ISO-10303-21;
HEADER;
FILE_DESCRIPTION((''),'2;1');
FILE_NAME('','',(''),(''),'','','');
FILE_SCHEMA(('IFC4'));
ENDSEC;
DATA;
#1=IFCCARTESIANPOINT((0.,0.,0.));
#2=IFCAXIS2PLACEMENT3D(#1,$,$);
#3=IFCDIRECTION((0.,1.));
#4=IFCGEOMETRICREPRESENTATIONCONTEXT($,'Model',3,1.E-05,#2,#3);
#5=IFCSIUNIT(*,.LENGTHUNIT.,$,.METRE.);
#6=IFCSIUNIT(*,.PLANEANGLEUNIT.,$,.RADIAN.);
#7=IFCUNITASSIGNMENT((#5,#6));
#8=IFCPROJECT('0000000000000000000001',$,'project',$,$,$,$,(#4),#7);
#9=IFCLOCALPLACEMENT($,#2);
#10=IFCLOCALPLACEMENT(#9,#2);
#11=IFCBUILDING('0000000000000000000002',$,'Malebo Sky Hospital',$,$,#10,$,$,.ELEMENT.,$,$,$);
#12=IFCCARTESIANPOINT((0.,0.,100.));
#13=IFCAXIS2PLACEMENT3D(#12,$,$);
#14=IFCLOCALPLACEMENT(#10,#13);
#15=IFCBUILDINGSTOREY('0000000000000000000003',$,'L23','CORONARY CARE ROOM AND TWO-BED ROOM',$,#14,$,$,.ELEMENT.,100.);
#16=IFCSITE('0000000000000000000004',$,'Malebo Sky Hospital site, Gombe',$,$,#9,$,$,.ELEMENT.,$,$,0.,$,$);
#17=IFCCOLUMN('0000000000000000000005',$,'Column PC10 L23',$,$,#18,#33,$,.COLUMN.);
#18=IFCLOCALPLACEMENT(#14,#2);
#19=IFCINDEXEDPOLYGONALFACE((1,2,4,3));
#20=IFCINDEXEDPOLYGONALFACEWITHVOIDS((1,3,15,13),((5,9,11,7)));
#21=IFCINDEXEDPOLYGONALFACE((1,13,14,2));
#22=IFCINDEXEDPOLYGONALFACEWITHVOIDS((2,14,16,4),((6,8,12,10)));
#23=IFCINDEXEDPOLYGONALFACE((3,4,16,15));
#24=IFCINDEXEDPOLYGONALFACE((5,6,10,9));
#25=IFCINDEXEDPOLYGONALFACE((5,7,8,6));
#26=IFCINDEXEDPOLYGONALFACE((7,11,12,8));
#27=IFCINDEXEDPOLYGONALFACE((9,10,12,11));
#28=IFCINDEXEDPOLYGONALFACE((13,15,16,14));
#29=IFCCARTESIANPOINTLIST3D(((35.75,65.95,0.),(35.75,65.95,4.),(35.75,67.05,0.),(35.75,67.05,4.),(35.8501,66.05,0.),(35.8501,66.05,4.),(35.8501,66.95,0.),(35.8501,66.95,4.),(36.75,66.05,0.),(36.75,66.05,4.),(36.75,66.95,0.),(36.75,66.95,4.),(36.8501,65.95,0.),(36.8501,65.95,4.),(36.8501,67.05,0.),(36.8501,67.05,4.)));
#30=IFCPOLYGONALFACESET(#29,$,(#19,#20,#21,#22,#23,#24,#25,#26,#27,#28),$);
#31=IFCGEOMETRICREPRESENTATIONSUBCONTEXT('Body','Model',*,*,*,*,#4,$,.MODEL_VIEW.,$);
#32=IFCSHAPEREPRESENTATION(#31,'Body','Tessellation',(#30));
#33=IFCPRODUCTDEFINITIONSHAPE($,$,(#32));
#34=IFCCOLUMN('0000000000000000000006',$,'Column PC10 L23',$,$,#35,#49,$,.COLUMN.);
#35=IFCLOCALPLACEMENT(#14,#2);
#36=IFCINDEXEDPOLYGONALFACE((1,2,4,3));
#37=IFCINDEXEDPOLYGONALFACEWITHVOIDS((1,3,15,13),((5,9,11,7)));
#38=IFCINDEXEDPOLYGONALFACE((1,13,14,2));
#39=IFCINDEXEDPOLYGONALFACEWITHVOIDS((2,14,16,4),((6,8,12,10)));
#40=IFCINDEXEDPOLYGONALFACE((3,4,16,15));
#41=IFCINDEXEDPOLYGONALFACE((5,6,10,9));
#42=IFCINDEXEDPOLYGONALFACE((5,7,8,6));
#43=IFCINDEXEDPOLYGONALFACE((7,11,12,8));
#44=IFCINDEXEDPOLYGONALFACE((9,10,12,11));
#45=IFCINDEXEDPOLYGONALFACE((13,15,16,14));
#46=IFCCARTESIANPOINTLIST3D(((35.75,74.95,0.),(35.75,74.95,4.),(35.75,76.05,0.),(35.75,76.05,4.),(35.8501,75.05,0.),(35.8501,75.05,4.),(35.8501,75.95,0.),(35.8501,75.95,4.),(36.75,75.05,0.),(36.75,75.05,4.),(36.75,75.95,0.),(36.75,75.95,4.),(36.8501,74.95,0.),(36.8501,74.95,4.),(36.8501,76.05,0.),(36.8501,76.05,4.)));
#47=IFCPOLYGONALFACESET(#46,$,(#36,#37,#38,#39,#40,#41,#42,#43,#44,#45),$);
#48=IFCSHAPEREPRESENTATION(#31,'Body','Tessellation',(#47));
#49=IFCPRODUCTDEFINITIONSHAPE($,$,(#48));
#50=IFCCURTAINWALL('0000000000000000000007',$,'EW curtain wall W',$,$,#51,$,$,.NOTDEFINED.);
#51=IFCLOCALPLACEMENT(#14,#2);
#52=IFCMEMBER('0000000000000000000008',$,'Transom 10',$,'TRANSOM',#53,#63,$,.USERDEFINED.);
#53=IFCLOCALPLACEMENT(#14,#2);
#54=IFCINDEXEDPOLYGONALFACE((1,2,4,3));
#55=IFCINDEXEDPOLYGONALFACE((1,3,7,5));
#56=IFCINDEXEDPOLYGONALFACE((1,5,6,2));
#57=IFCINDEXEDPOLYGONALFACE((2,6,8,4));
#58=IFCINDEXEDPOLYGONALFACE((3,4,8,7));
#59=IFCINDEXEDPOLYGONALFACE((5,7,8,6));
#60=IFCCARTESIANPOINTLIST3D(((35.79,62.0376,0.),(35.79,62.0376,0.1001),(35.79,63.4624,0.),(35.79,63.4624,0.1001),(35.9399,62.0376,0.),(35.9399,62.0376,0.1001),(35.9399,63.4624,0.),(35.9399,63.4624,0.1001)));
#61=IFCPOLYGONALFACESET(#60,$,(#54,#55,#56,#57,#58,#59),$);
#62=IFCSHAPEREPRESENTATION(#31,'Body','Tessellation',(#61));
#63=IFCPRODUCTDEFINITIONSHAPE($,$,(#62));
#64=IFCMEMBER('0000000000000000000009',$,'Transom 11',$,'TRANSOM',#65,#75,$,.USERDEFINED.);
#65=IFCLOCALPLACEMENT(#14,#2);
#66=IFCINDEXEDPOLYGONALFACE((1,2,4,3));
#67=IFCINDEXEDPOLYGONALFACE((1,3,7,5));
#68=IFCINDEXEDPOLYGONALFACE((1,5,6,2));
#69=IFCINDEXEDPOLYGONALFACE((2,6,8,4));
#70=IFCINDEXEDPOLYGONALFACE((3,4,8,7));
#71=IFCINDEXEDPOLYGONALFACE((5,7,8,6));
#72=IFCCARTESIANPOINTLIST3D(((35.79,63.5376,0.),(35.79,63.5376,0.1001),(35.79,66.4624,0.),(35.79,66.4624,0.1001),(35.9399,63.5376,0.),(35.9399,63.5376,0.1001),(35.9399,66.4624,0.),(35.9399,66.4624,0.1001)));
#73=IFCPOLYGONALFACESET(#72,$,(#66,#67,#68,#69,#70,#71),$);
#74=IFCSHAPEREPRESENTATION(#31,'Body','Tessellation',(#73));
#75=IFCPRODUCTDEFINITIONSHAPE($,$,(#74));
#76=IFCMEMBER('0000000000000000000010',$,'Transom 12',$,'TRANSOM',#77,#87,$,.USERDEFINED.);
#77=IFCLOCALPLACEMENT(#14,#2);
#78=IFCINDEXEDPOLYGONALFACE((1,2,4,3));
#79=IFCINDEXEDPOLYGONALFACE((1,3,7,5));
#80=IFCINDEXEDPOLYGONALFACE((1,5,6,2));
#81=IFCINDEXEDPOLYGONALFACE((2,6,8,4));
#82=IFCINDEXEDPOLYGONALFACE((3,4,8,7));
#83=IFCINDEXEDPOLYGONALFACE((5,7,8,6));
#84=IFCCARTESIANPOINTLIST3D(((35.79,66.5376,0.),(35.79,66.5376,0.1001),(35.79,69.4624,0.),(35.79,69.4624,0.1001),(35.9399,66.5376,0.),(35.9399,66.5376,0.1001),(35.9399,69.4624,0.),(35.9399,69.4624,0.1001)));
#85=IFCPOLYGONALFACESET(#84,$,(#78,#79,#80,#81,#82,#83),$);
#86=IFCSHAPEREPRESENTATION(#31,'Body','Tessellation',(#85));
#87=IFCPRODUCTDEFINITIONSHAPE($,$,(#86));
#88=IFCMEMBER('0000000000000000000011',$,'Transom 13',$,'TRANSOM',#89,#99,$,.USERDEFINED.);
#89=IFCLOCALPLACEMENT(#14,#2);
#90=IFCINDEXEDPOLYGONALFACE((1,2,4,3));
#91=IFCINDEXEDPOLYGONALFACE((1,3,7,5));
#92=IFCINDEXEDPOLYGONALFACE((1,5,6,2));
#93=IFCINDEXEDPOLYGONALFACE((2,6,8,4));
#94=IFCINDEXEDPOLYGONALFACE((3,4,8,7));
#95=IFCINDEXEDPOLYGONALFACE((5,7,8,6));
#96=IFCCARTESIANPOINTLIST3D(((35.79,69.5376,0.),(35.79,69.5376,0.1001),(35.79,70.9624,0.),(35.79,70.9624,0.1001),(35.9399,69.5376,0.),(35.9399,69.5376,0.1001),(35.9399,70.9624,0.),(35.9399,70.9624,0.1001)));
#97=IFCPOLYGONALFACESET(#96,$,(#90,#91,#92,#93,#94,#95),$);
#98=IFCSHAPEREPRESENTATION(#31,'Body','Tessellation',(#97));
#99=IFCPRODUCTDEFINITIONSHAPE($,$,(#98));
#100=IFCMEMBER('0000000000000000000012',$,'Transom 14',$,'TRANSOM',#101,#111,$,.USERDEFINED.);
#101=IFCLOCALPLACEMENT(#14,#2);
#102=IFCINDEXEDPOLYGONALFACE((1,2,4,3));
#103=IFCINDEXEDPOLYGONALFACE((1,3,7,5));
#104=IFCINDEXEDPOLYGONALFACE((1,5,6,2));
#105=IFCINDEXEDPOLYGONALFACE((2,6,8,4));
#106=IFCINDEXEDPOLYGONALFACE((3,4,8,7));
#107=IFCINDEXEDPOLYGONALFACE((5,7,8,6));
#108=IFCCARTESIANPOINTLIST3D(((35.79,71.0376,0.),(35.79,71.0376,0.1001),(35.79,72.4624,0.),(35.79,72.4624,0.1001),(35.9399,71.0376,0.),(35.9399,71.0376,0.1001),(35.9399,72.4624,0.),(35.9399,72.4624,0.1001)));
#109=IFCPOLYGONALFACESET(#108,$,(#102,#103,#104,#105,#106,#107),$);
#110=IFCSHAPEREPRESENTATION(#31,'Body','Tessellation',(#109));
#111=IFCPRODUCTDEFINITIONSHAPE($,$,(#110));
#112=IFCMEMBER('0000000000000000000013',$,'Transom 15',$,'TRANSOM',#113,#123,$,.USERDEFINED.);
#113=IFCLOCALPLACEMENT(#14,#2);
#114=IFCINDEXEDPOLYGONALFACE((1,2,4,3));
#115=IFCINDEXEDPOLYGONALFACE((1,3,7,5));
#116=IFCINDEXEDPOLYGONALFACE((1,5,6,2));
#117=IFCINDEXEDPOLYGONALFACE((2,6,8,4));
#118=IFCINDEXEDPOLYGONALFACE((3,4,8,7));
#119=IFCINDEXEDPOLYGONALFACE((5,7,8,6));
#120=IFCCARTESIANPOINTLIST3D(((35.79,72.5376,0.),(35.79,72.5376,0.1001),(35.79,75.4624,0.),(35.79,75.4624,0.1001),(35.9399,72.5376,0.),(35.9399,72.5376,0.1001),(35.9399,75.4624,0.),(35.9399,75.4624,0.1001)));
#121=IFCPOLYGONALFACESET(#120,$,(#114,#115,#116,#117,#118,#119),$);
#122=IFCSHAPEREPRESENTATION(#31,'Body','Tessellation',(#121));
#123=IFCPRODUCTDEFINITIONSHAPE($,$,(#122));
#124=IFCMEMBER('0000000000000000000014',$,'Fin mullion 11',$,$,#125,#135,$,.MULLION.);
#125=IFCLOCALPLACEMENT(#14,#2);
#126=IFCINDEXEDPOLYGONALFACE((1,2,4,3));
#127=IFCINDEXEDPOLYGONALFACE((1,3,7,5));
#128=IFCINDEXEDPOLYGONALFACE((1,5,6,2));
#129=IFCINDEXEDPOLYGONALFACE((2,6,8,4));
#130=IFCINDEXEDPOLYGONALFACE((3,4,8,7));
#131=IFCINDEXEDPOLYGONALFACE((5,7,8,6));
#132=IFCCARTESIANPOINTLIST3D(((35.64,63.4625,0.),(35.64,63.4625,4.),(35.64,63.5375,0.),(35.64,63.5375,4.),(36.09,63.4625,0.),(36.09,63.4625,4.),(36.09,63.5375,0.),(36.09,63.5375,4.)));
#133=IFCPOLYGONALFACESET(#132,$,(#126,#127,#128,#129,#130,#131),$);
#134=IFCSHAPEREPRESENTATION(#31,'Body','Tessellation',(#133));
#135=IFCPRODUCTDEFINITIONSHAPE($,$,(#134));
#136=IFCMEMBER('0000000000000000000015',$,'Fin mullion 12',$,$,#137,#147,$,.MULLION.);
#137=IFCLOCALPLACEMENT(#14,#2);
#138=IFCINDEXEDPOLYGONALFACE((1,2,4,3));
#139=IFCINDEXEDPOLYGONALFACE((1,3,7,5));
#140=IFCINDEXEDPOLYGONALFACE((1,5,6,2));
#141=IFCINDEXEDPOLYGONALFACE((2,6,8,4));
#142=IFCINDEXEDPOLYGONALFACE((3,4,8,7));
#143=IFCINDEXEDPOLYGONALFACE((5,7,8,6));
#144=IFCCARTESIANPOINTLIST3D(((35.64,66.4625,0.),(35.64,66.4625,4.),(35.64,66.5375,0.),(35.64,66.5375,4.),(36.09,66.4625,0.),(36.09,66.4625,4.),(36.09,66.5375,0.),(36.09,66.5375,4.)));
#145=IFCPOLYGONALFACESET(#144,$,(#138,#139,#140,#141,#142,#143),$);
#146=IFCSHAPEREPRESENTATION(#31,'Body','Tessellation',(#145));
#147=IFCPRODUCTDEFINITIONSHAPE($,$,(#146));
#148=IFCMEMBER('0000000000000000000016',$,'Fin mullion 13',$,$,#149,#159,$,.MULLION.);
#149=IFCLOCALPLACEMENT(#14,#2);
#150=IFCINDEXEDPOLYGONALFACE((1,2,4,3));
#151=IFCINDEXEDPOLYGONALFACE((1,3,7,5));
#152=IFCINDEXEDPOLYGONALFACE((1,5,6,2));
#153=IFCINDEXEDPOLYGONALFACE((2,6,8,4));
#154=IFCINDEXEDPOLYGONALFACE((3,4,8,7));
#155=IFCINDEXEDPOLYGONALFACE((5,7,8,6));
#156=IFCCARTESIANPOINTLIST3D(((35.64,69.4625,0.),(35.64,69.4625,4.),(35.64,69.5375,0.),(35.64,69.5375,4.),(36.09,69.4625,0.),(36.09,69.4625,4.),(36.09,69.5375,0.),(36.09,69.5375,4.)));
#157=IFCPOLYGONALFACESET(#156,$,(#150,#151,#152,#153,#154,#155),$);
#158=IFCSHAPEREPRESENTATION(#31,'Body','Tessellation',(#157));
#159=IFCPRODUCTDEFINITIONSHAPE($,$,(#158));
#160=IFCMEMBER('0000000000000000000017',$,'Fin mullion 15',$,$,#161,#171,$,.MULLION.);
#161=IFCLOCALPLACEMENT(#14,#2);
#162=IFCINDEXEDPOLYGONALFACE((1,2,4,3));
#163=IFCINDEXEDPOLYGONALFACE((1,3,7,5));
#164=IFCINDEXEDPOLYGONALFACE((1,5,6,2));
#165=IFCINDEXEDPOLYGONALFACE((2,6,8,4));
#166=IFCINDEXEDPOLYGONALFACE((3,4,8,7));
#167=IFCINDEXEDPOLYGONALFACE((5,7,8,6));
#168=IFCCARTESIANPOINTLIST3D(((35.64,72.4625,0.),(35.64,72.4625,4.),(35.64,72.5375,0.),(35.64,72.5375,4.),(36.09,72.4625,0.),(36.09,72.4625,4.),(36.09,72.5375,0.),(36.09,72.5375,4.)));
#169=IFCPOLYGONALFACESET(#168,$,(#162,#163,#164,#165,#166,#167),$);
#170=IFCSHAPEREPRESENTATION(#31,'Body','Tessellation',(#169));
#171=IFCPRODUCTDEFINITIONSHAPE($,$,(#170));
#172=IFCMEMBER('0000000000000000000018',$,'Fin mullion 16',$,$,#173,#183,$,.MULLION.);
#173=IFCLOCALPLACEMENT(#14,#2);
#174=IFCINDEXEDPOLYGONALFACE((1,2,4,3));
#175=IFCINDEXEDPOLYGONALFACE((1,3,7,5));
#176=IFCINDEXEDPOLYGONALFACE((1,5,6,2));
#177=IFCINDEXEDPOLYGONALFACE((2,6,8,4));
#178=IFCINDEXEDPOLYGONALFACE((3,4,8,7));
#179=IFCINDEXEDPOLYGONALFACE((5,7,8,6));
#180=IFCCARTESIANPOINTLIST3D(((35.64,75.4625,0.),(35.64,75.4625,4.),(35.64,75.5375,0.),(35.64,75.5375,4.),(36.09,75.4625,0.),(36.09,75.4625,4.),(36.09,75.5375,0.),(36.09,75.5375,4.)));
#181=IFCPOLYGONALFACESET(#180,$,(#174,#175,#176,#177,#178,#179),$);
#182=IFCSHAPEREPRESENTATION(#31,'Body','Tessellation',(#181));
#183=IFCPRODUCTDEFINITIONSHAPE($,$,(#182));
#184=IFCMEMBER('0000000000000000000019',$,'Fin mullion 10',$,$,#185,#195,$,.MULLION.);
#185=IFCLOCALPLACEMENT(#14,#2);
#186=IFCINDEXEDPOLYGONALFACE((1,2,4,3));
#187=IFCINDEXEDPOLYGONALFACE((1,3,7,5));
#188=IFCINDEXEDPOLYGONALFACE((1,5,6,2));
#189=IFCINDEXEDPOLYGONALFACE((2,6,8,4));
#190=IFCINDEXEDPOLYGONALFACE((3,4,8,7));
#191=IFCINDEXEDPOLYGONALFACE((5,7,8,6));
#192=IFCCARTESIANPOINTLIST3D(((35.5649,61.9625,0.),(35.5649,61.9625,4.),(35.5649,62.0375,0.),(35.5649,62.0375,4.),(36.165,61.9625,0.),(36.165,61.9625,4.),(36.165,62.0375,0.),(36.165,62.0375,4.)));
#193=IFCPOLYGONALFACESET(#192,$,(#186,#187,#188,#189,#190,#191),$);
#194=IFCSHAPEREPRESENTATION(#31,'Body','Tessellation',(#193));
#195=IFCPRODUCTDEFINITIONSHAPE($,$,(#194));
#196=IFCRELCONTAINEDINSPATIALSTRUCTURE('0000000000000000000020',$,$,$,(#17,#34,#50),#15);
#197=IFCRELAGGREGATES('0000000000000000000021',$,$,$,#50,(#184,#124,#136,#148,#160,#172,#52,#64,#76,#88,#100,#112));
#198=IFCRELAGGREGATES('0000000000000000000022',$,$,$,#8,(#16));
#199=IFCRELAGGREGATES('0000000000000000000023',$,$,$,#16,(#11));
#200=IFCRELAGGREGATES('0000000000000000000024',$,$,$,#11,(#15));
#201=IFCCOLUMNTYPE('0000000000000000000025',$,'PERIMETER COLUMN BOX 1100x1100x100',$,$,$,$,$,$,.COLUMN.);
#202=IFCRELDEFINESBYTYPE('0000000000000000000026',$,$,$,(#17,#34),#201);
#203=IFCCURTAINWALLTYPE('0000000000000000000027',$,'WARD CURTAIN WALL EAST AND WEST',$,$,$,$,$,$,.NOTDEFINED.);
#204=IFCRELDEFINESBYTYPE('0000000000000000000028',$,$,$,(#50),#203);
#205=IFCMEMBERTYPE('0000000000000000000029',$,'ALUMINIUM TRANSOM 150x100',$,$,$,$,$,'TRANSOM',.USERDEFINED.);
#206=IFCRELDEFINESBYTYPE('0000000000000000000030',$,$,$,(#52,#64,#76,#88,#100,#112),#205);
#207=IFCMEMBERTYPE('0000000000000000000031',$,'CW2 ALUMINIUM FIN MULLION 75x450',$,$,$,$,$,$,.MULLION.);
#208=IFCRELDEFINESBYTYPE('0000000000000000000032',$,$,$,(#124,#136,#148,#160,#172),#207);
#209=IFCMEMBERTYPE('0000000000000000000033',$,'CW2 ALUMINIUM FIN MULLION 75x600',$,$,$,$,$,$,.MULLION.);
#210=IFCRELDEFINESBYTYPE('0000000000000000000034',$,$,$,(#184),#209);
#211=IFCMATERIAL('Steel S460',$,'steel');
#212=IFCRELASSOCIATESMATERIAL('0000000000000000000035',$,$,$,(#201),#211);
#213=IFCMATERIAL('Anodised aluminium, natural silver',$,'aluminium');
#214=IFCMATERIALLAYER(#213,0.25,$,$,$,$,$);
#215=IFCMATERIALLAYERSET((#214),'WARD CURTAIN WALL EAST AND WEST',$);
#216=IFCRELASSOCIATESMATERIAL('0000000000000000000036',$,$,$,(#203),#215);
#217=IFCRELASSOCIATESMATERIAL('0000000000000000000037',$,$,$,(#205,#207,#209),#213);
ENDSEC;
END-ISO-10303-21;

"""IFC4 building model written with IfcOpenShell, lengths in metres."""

from ifc_helpers import new_model, si_unit, direction, frame, origin, origin_2d, place, context, subcontext, project, spatial, rectangle, hollow_rectangle, extrude, material, layer, layer_set, material_profile, profile_set, type_object, element, aggregate, save


model = new_model("IFC4")

# Units and contexts
model_context = context("Model", 3, precision=1e-05, world=origin(), true_north=direction((0.0, 1.0)))
body_context = subcontext(model_context, "Body", "Model", "MODEL_VIEW")
ifc_project = project(units=[si_unit("LENGTHUNIT", "METRE"), si_unit("PLANEANGLEUNIT", "RADIAN")], contexts=[model_context])

# Site, building, storey
site_placement = place(None, origin())
site = spatial("IfcSite", under=ifc_project, at=site_placement, Name="Malebo Sky Hospital site, Gombe", CompositionType="ELEMENT", RefElevation=0.0)
building_placement = place(site_placement, origin())
building = spatial("IfcBuilding", under=site, at=building_placement, Name="Malebo Sky Hospital", CompositionType="ELEMENT")
storey_placement = place(building_placement, frame((0.0, 0.0, 100.0)))
storey = spatial("IfcBuildingStorey", under=building, at=storey_placement, Name="L23", Description="CORONARY CARE ROOM AND TWO-BED ROOM", CompositionType="ELEMENT", Elevation=100.0)

# Columns
ifc_material_1 = material(Name="Steel S460", Category="steel")
ifc_material_profile_1 = material_profile(ifc_material_1, hollow_rectangle(XDim=1.1001, YDim=1.1001, WallThickness=0.1001, at=origin_2d()), Name="BOX 1100x1100x100")
ifc_profile_set_1 = profile_set([ifc_material_profile_1], Name="Steel S460")
column_type = type_object("IfcColumnType", Name="PERIMETER COLUMN BOX 1100x1100x100", PredefinedType="COLUMN", material=ifc_profile_set_1)
for number, where, z_axis, x_axis, name in (
    (1, (36.3, 66.5, 0.0), (0.0, 0.0, 1.0), (1.0, 0.0, 0.0), "Column PC10 L23"),
    (2, (36.3, 75.5, 0.0), (0.0, 0.0, 1.0), (1.0, 0.0, 0.0), "Column PC10 L23"),
):
    element("IfcColumn", number, at=place(storey_placement, frame(where, z_axis=z_axis, x_axis=x_axis)), inside=storey, type_object=column_type, Name=name, PredefinedType="COLUMN", context=body_context, shape_type="SweptSolid", body=[
        extrude(hollow_rectangle(XDim=1.1001, YDim=1.1001, WallThickness=0.1001, at=origin_2d()), origin(), (0.0, 0.0, 1.0), 4.0),
    ])

# Curtain wall, members
ifc_material_2 = material(Name="Anodised aluminium, natural silver", Category="aluminium")
ifc_layer_1 = layer(ifc_material_2, 0.25)
ifc_layer_set_1 = layer_set([ifc_layer_1], Name="WARD CURTAIN WALL EAST AND WEST")
curtain_wall_type = type_object("IfcCurtainWallType", Name="WARD CURTAIN WALL EAST AND WEST", PredefinedType="NOTDEFINED", material=ifc_layer_set_1)
curtain_wall_placement = place(storey_placement, origin())
curtain_wall = element("IfcCurtainWall", 3, at=curtain_wall_placement, inside=storey, type_object=curtain_wall_type, Name="EW curtain wall W", PredefinedType="NOTDEFINED")
ifc_material_profile_2 = material_profile(ifc_material_2, rectangle(XDim=0.1499, YDim=0.1001, at=origin_2d()), Name="ALUMINIUM TRANSOM 150x100")
ifc_profile_set_2 = profile_set([ifc_material_profile_2], Name="Anodised aluminium, natural silver")
member_type_1 = type_object("IfcMemberType", Name="ALUMINIUM TRANSOM 150x100", ElementType="TRANSOM", PredefinedType="USERDEFINED", material=ifc_profile_set_2)
member_1_placement = place(storey_placement, frame((35.865, 62.0376, 0.05), z_axis=(0.0, 1.0, 0.0), x_axis=(-1.0, 0.0, 0.0)))
member_1 = element("IfcMember", 4, at=member_1_placement, type_object=member_type_1, Name="Transom 10", ObjectType="TRANSOM", PredefinedType="USERDEFINED", context=body_context, shape_type="SweptSolid", body=[
    extrude(rectangle(XDim=0.1499, YDim=0.1001, at=origin_2d()), origin(), (0.0, 0.0, 1.0), 1.4248),
])
member_2_placement = place(storey_placement, frame((35.865, 63.5376, 0.05), z_axis=(0.0, 1.0, 0.0), x_axis=(-1.0, 0.0, 0.0)))
member_2 = element("IfcMember", 5, at=member_2_placement, type_object=member_type_1, Name="Transom 11", ObjectType="TRANSOM", PredefinedType="USERDEFINED", context=body_context, shape_type="SweptSolid", body=[
    extrude(rectangle(XDim=0.1499, YDim=0.1001, at=origin_2d()), origin(), (0.0, 0.0, 1.0), 2.9248),
])
member_3_placement = place(storey_placement, frame((35.865, 66.5376, 0.05), z_axis=(0.0, 1.0, 0.0), x_axis=(-1.0, 0.0, 0.0)))
member_3 = element("IfcMember", 6, at=member_3_placement, type_object=member_type_1, Name="Transom 12", ObjectType="TRANSOM", PredefinedType="USERDEFINED", context=body_context, shape_type="SweptSolid", body=[
    extrude(rectangle(XDim=0.1499, YDim=0.1001, at=origin_2d()), origin(), (0.0, 0.0, 1.0), 2.9248),
])
member_4_placement = place(storey_placement, frame((35.865, 69.5376, 0.05), z_axis=(0.0, 1.0, 0.0), x_axis=(-1.0, 0.0, 0.0)))
member_4 = element("IfcMember", 7, at=member_4_placement, type_object=member_type_1, Name="Transom 13", ObjectType="TRANSOM", PredefinedType="USERDEFINED", context=body_context, shape_type="SweptSolid", body=[
    extrude(rectangle(XDim=0.1499, YDim=0.1001, at=origin_2d()), origin(), (0.0, 0.0, 1.0), 1.4248),
])
member_5_placement = place(storey_placement, frame((35.865, 71.0376, 0.05), z_axis=(0.0, 1.0, 0.0), x_axis=(-1.0, 0.0, 0.0)))
member_5 = element("IfcMember", 8, at=member_5_placement, type_object=member_type_1, Name="Transom 14", ObjectType="TRANSOM", PredefinedType="USERDEFINED", context=body_context, shape_type="SweptSolid", body=[
    extrude(rectangle(XDim=0.1499, YDim=0.1001, at=origin_2d()), origin(), (0.0, 0.0, 1.0), 1.4248),
])
member_6_placement = place(storey_placement, frame((35.865, 72.5376, 0.05), z_axis=(0.0, 1.0, 0.0), x_axis=(-1.0, 0.0, 0.0)))
member_6 = element("IfcMember", 9, at=member_6_placement, type_object=member_type_1, Name="Transom 15", ObjectType="TRANSOM", PredefinedType="USERDEFINED", context=body_context, shape_type="SweptSolid", body=[
    extrude(rectangle(XDim=0.1499, YDim=0.1001, at=origin_2d()), origin(), (0.0, 0.0, 1.0), 2.9248),
])
ifc_material_profile_3 = material_profile(ifc_material_2, rectangle(XDim=0.075, YDim=0.45, at=origin_2d()), Name="CW2 ALUMINIUM FIN MULLION 75x450")
ifc_profile_set_3 = profile_set([ifc_material_profile_3], Name="Anodised aluminium, natural silver")
member_type_2 = type_object("IfcMemberType", Name="CW2 ALUMINIUM FIN MULLION 75x450", PredefinedType="MULLION", material=ifc_profile_set_3)
member_7_placement = place(storey_placement, frame((35.865, 63.5, 0.0), z_axis=(0.0, 0.0, 1.0), x_axis=(0.0, 1.0, 0.0)))
member_7 = element("IfcMember", 10, at=member_7_placement, type_object=member_type_2, Name="Fin mullion 11", PredefinedType="MULLION", context=body_context, shape_type="SweptSolid", body=[
    extrude(rectangle(XDim=0.075, YDim=0.45, at=origin_2d()), origin(), (0.0, 0.0, 1.0), 4.0),
])
member_8_placement = place(storey_placement, frame((35.865, 66.5, 0.0), z_axis=(0.0, 0.0, 1.0), x_axis=(0.0, 1.0, 0.0)))
member_8 = element("IfcMember", 11, at=member_8_placement, type_object=member_type_2, Name="Fin mullion 12", PredefinedType="MULLION", context=body_context, shape_type="SweptSolid", body=[
    extrude(rectangle(XDim=0.075, YDim=0.45, at=origin_2d()), origin(), (0.0, 0.0, 1.0), 4.0),
])
member_9_placement = place(storey_placement, frame((35.865, 69.5, 0.0), z_axis=(0.0, 0.0, 1.0), x_axis=(0.0, 1.0, 0.0)))
member_9 = element("IfcMember", 12, at=member_9_placement, type_object=member_type_2, Name="Fin mullion 13", PredefinedType="MULLION", context=body_context, shape_type="SweptSolid", body=[
    extrude(rectangle(XDim=0.075, YDim=0.45, at=origin_2d()), origin(), (0.0, 0.0, 1.0), 4.0),
])
member_10_placement = place(storey_placement, frame((35.865, 72.5, 0.0), z_axis=(0.0, 0.0, 1.0), x_axis=(0.0, 1.0, 0.0)))
member_10 = element("IfcMember", 13, at=member_10_placement, type_object=member_type_2, Name="Fin mullion 15", PredefinedType="MULLION", context=body_context, shape_type="SweptSolid", body=[
    extrude(rectangle(XDim=0.075, YDim=0.45, at=origin_2d()), origin(), (0.0, 0.0, 1.0), 4.0),
])
member_11_placement = place(storey_placement, frame((35.865, 75.5, 0.0), z_axis=(0.0, 0.0, 1.0), x_axis=(0.0, 1.0, 0.0)))
member_11 = element("IfcMember", 14, at=member_11_placement, type_object=member_type_2, Name="Fin mullion 16", PredefinedType="MULLION", context=body_context, shape_type="SweptSolid", body=[
    extrude(rectangle(XDim=0.075, YDim=0.45, at=origin_2d()), origin(), (0.0, 0.0, 1.0), 4.0),
])
ifc_material_profile_4 = material_profile(ifc_material_2, rectangle(XDim=0.075, YDim=0.6001, at=origin_2d()), Name="CW2 ALUMINIUM FIN MULLION 75x600")
ifc_profile_set_4 = profile_set([ifc_material_profile_4], Name="Anodised aluminium, natural silver")
member_type_3 = type_object("IfcMemberType", Name="CW2 ALUMINIUM FIN MULLION 75x600", PredefinedType="MULLION", material=ifc_profile_set_4)
member_12_placement = place(storey_placement, frame((35.865, 62.0, 0.0), z_axis=(0.0, 0.0, 1.0), x_axis=(0.0, 1.0, 0.0)))
member_12 = element("IfcMember", 15, at=member_12_placement, type_object=member_type_3, Name="Fin mullion 10", PredefinedType="MULLION", context=body_context, shape_type="SweptSolid", body=[
    extrude(rectangle(XDim=0.075, YDim=0.6001, at=origin_2d()), origin(), (0.0, 0.0, 1.0), 4.0),
])

aggregate(curtain_wall, [member_12, member_7, member_8, member_9, member_10, member_11, member_1, member_2, member_3, member_4, member_5, member_6])

save(model, "model.ifc")
